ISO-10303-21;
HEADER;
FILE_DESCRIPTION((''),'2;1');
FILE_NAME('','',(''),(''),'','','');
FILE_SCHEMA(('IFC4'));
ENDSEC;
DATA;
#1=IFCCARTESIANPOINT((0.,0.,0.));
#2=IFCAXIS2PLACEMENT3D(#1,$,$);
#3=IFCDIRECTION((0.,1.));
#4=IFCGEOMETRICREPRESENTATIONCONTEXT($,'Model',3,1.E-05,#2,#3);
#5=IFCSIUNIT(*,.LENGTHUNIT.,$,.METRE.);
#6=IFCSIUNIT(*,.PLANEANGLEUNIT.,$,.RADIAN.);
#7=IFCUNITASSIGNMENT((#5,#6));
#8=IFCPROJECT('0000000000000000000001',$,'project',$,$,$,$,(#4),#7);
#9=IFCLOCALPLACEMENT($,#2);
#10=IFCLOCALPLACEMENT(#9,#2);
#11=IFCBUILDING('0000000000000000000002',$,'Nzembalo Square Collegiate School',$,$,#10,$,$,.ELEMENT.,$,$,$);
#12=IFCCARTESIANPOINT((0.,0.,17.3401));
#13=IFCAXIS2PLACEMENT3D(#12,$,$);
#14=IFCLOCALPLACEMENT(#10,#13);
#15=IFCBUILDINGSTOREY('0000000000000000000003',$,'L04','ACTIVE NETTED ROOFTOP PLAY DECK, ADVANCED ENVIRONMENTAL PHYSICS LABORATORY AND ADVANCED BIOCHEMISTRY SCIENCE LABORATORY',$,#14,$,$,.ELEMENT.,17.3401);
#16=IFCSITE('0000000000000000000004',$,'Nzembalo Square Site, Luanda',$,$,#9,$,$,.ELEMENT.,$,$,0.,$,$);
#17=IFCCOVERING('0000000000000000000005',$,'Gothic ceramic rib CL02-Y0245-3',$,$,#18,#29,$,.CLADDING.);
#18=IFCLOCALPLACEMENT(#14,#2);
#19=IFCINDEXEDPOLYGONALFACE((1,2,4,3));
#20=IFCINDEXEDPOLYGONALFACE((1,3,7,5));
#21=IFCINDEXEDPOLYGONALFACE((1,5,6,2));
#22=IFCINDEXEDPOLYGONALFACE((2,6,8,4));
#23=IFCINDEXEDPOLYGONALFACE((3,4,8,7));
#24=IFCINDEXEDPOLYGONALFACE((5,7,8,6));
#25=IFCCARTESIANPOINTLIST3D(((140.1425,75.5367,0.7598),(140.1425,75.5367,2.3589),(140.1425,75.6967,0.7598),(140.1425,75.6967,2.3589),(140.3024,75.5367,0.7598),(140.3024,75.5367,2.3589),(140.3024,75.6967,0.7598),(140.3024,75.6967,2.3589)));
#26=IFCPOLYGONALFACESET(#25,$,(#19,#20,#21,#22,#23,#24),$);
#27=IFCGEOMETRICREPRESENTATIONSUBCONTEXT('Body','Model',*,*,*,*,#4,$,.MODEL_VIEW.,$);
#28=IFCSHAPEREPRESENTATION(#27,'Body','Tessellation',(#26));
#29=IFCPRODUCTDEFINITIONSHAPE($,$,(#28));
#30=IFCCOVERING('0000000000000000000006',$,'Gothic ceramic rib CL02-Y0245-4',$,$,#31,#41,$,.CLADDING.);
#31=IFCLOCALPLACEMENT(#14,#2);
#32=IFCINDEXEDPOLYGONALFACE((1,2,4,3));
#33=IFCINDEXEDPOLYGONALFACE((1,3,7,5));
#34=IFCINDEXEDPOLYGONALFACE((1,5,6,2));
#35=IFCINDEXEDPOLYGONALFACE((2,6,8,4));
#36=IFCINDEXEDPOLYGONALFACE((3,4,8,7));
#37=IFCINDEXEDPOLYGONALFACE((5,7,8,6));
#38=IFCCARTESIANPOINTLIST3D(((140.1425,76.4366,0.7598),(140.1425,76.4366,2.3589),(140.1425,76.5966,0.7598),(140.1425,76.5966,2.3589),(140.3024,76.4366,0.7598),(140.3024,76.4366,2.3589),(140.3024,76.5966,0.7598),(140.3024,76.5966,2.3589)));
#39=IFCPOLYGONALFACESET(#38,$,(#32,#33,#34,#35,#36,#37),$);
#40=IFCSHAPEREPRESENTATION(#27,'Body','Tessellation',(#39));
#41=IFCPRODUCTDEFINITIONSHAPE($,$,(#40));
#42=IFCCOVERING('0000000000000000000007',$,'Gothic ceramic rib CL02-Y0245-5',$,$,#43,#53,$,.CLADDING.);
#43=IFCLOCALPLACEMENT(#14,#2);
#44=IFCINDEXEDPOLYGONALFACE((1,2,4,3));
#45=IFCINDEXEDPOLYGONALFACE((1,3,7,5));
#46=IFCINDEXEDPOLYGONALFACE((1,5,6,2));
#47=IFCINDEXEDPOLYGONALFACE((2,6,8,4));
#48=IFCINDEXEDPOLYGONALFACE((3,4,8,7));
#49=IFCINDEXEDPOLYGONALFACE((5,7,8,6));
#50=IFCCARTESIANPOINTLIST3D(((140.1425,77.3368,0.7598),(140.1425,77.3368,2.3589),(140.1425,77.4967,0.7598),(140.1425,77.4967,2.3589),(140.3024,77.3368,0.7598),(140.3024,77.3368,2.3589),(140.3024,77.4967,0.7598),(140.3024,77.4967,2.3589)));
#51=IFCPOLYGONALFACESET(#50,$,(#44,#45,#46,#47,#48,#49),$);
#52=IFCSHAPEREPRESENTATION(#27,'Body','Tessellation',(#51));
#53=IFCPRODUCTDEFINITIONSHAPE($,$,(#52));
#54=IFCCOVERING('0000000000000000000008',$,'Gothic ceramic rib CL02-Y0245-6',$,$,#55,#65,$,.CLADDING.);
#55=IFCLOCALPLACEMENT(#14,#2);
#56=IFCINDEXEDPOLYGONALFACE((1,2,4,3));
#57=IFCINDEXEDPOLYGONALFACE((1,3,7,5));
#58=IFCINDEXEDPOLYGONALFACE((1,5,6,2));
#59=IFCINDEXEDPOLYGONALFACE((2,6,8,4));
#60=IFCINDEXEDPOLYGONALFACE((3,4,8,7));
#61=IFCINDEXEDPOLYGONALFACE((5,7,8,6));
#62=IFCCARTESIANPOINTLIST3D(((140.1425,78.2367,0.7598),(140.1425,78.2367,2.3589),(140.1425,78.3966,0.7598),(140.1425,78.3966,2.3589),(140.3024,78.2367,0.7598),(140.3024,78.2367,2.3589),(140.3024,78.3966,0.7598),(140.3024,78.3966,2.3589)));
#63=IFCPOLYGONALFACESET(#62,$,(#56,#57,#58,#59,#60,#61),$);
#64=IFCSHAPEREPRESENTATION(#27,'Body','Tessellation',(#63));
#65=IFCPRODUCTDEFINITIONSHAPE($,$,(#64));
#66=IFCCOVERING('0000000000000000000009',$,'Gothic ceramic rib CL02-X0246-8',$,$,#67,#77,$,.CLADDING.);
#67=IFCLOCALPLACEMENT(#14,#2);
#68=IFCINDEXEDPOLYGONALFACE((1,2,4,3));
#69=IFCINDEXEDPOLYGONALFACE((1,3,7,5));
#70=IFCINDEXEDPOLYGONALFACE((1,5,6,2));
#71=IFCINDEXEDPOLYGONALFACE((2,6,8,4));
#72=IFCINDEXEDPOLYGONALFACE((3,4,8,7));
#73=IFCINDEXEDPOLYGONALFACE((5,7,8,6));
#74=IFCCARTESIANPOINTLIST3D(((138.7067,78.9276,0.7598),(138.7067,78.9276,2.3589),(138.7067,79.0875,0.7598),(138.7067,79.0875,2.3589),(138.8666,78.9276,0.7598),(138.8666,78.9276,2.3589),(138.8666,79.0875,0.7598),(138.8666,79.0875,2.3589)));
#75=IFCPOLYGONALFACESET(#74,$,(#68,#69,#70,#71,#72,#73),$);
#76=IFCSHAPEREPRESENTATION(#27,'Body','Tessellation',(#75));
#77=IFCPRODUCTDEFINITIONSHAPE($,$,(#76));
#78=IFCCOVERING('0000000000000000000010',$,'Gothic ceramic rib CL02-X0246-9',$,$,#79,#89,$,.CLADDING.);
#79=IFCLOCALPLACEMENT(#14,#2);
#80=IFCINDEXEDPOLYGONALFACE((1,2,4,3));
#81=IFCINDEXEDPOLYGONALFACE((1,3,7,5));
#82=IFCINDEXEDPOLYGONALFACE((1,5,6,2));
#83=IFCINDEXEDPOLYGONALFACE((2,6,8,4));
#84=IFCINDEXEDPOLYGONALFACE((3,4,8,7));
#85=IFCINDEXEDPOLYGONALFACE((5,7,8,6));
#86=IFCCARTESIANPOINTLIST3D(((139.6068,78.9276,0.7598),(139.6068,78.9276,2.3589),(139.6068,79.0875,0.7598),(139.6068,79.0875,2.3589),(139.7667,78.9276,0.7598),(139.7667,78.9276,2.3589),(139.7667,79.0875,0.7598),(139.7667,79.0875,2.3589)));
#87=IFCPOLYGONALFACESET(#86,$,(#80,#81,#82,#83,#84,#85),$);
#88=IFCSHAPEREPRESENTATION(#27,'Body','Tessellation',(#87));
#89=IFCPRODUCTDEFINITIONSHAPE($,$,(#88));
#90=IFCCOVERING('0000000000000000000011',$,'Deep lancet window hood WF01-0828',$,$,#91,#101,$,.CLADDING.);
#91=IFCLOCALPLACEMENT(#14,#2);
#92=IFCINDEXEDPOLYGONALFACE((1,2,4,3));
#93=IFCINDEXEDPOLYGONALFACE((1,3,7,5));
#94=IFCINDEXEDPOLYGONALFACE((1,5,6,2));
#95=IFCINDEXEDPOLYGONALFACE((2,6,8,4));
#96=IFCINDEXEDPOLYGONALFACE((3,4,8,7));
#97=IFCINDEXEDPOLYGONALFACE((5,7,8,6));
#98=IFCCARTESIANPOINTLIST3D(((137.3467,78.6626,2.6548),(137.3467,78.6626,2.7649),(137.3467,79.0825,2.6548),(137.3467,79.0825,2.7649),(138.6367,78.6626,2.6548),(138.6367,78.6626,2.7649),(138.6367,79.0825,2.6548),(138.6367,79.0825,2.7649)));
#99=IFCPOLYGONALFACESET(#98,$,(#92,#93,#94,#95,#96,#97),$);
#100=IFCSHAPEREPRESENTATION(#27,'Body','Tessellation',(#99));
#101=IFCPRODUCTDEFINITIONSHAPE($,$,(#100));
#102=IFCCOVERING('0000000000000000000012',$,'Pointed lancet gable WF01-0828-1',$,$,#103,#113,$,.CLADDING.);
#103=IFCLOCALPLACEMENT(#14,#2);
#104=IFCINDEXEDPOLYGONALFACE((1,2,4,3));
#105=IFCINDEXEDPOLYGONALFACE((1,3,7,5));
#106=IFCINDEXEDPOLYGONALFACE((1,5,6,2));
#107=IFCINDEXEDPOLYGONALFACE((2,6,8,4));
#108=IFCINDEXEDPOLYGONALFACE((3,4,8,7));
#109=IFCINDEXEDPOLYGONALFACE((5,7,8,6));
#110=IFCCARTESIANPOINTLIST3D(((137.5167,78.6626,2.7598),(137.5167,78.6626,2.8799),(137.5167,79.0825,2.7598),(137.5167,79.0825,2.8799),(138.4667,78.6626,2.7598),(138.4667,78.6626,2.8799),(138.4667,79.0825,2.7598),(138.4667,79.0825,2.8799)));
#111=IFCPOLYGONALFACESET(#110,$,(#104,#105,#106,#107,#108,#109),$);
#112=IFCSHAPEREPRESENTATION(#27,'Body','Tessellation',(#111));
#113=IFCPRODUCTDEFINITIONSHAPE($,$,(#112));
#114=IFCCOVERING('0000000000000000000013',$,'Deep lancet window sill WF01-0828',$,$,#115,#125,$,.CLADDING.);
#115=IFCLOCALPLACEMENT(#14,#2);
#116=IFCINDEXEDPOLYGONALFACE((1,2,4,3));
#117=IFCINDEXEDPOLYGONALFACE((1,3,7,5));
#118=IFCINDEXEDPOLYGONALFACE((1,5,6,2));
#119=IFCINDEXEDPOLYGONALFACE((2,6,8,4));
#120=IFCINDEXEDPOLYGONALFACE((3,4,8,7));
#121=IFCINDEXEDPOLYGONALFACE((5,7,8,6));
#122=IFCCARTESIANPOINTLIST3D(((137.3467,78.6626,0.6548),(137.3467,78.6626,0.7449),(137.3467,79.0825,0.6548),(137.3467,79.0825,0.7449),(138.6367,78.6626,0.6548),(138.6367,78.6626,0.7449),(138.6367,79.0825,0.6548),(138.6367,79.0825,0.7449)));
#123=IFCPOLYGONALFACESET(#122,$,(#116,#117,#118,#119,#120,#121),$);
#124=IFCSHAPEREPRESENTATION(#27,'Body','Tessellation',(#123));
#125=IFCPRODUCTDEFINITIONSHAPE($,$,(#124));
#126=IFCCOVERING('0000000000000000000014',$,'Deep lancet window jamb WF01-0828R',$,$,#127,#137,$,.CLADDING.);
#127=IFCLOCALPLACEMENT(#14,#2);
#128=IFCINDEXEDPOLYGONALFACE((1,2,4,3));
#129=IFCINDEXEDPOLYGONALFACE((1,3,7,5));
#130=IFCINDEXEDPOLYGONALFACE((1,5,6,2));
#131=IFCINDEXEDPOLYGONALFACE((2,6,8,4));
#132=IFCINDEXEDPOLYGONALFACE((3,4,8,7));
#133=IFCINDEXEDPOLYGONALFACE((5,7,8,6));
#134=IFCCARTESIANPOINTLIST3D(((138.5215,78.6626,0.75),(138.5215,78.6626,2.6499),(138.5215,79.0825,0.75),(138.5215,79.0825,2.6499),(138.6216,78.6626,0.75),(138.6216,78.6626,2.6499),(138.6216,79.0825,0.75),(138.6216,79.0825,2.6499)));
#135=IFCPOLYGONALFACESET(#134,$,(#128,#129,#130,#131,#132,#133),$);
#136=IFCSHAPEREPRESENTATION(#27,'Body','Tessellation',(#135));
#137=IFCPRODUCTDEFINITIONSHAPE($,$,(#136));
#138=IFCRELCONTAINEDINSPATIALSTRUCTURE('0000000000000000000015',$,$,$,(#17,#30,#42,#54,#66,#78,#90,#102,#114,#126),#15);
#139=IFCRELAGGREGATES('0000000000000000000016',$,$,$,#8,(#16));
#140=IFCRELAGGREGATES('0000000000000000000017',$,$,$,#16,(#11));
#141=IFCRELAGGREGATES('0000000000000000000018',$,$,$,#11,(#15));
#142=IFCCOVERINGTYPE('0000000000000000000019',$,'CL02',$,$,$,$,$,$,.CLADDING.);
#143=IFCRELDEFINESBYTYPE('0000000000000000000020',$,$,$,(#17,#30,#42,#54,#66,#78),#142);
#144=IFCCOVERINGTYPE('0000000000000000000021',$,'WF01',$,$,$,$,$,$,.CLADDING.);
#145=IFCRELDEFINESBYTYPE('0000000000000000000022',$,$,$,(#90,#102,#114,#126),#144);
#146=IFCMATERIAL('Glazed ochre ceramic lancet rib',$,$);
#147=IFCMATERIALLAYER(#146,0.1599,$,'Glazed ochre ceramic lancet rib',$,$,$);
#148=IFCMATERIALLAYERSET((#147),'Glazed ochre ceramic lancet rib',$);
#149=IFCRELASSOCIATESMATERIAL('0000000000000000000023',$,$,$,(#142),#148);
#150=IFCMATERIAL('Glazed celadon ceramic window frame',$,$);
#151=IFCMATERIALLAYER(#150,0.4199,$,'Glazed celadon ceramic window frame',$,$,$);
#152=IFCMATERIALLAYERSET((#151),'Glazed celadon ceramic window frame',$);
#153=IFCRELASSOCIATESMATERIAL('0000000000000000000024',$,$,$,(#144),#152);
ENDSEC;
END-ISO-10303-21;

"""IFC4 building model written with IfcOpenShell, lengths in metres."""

from ifc_helpers import new_model, si_unit, direction, frame, origin, origin_2d, place, context, subcontext, project, spatial, rectangle, extrude, material, layer, layer_set, type_object, element, save


model = new_model("IFC4")

# Units and contexts
model_context = context("Model", 3, precision=1e-05, world=origin(), true_north=direction((0.0, 1.0)))
body_context = subcontext(model_context, "Body", "Model", "MODEL_VIEW")
ifc_project = project(units=[si_unit("LENGTHUNIT", "METRE"), si_unit("PLANEANGLEUNIT", "RADIAN")], contexts=[model_context])

# Site, building, storey
site_placement = place(None, origin())
site = spatial("IfcSite", under=ifc_project, at=site_placement, Name="Nzembalo Square Site, Luanda", CompositionType="ELEMENT", RefElevation=0.0)
building_placement = place(site_placement, origin())
building = spatial("IfcBuilding", under=site, at=building_placement, Name="Nzembalo Square Collegiate School", CompositionType="ELEMENT")
storey_placement = place(building_placement, frame((0.0, 0.0, 17.3401)))
storey = spatial("IfcBuildingStorey", under=building, at=storey_placement, Name="L04", Description="ACTIVE NETTED ROOFTOP PLAY DECK, ADVANCED ENVIRONMENTAL PHYSICS LABORATORY AND ADVANCED BIOCHEMISTRY SCIENCE LABORATORY", CompositionType="ELEMENT", Elevation=17.3401)

# Coverings
ifc_material_1 = material(Name="Glazed ochre ceramic lancet rib")
ifc_layer_1 = layer(ifc_material_1, 0.1599, Name="Glazed ochre ceramic lancet rib")
ifc_layer_set_1 = layer_set([ifc_layer_1], Name="Glazed ochre ceramic lancet rib")
covering_type_1 = type_object("IfcCoveringType", Name="CL02", PredefinedType="CLADDING", material=ifc_layer_set_1)
for number, where, z_axis, x_axis, name in (
    (1, (140.2224, 75.6167, 0.7598), (0.0, 0.0, 1.0), (1.0, 0.0, 0.0), "Gothic ceramic rib CL02-Y0245-3"),
    (2, (140.2224, 76.5166, 0.7598), (0.0, 0.0, 1.0), (1.0, 0.0, 0.0), "Gothic ceramic rib CL02-Y0245-4"),
    (3, (140.2224, 77.4167, 0.7598), (0.0, 0.0, 1.0), (1.0, 0.0, 0.0), "Gothic ceramic rib CL02-Y0245-5"),
    (4, (140.2224, 78.3167, 0.7598), (0.0, 0.0, 1.0), (1.0, 0.0, 0.0), "Gothic ceramic rib CL02-Y0245-6"),
    (5, (138.7866, 79.0076, 0.7598), (0.0, 0.0, 1.0), (1.0, 0.0, 0.0), "Gothic ceramic rib CL02-X0246-8"),
    (6, (139.6868, 79.0076, 0.7598), (0.0, 0.0, 1.0), (1.0, 0.0, 0.0), "Gothic ceramic rib CL02-X0246-9"),
):
    element("IfcCovering", number, at=place(storey_placement, frame(where, z_axis=z_axis, x_axis=x_axis)), inside=storey, type_object=covering_type_1, Name=name, PredefinedType="CLADDING", context=body_context, shape_type="SweptSolid", body=[
        extrude(rectangle(XDim=0.1599, YDim=0.1599, at=origin_2d()), origin(), (0.0, 0.0, 1.0), 1.5991),
    ])
ifc_material_2 = material(Name="Glazed celadon ceramic window frame")
ifc_layer_2 = layer(ifc_material_2, 0.4199, Name="Glazed celadon ceramic window frame")
ifc_layer_set_2 = layer_set([ifc_layer_2], Name="Glazed celadon ceramic window frame")
covering_type_2 = type_object("IfcCoveringType", Name="WF01", PredefinedType="CLADDING", material=ifc_layer_set_2)
covering_1_placement = place(storey_placement, frame((137.9917, 78.8726, 2.6548), z_axis=(0.0, 0.0, 1.0), x_axis=(1.0, 0.0, 0.0)))
element("IfcCovering", 7, at=covering_1_placement, inside=storey, type_object=covering_type_2, Name="Deep lancet window hood WF01-0828", PredefinedType="CLADDING", context=body_context, shape_type="SweptSolid", body=[
    extrude(rectangle(XDim=1.29, YDim=0.4199, at=origin_2d()), origin(), (0.0, 0.0, 1.0), 0.1101),
])
covering_2_placement = place(storey_placement, frame((137.9917, 78.8726, 2.7598), z_axis=(0.0, 0.0, 1.0), x_axis=(1.0, 0.0, 0.0)))
element("IfcCovering", 8, at=covering_2_placement, inside=storey, type_object=covering_type_2, Name="Pointed lancet gable WF01-0828-1", PredefinedType="CLADDING", context=body_context, shape_type="SweptSolid", body=[
    extrude(rectangle(XDim=0.95, YDim=0.4199, at=origin_2d()), origin(), (0.0, 0.0, 1.0), 0.1201),
])
covering_3_placement = place(storey_placement, frame((137.9917, 78.8726, 0.6548), z_axis=(0.0, 0.0, 1.0), x_axis=(1.0, 0.0, 0.0)))
element("IfcCovering", 9, at=covering_3_placement, inside=storey, type_object=covering_type_2, Name="Deep lancet window sill WF01-0828", PredefinedType="CLADDING", context=body_context, shape_type="SweptSolid", body=[
    extrude(rectangle(XDim=1.29, YDim=0.4199, at=origin_2d()), origin(), (0.0, 0.0, 1.0), 0.0901),
])
covering_4_placement = place(storey_placement, frame((138.5715, 78.8726, 0.75), z_axis=(0.0, 0.0, 1.0), x_axis=(1.0, 0.0, 0.0)))
element("IfcCovering", 10, at=covering_4_placement, inside=storey, type_object=covering_type_2, Name="Deep lancet window jamb WF01-0828R", PredefinedType="CLADDING", context=body_context, shape_type="SweptSolid", body=[
    extrude(rectangle(XDim=0.1001, YDim=0.4199, at=origin_2d()), origin(), (0.0, 0.0, 1.0), 1.8999),
])

save(model, "model.ifc")
